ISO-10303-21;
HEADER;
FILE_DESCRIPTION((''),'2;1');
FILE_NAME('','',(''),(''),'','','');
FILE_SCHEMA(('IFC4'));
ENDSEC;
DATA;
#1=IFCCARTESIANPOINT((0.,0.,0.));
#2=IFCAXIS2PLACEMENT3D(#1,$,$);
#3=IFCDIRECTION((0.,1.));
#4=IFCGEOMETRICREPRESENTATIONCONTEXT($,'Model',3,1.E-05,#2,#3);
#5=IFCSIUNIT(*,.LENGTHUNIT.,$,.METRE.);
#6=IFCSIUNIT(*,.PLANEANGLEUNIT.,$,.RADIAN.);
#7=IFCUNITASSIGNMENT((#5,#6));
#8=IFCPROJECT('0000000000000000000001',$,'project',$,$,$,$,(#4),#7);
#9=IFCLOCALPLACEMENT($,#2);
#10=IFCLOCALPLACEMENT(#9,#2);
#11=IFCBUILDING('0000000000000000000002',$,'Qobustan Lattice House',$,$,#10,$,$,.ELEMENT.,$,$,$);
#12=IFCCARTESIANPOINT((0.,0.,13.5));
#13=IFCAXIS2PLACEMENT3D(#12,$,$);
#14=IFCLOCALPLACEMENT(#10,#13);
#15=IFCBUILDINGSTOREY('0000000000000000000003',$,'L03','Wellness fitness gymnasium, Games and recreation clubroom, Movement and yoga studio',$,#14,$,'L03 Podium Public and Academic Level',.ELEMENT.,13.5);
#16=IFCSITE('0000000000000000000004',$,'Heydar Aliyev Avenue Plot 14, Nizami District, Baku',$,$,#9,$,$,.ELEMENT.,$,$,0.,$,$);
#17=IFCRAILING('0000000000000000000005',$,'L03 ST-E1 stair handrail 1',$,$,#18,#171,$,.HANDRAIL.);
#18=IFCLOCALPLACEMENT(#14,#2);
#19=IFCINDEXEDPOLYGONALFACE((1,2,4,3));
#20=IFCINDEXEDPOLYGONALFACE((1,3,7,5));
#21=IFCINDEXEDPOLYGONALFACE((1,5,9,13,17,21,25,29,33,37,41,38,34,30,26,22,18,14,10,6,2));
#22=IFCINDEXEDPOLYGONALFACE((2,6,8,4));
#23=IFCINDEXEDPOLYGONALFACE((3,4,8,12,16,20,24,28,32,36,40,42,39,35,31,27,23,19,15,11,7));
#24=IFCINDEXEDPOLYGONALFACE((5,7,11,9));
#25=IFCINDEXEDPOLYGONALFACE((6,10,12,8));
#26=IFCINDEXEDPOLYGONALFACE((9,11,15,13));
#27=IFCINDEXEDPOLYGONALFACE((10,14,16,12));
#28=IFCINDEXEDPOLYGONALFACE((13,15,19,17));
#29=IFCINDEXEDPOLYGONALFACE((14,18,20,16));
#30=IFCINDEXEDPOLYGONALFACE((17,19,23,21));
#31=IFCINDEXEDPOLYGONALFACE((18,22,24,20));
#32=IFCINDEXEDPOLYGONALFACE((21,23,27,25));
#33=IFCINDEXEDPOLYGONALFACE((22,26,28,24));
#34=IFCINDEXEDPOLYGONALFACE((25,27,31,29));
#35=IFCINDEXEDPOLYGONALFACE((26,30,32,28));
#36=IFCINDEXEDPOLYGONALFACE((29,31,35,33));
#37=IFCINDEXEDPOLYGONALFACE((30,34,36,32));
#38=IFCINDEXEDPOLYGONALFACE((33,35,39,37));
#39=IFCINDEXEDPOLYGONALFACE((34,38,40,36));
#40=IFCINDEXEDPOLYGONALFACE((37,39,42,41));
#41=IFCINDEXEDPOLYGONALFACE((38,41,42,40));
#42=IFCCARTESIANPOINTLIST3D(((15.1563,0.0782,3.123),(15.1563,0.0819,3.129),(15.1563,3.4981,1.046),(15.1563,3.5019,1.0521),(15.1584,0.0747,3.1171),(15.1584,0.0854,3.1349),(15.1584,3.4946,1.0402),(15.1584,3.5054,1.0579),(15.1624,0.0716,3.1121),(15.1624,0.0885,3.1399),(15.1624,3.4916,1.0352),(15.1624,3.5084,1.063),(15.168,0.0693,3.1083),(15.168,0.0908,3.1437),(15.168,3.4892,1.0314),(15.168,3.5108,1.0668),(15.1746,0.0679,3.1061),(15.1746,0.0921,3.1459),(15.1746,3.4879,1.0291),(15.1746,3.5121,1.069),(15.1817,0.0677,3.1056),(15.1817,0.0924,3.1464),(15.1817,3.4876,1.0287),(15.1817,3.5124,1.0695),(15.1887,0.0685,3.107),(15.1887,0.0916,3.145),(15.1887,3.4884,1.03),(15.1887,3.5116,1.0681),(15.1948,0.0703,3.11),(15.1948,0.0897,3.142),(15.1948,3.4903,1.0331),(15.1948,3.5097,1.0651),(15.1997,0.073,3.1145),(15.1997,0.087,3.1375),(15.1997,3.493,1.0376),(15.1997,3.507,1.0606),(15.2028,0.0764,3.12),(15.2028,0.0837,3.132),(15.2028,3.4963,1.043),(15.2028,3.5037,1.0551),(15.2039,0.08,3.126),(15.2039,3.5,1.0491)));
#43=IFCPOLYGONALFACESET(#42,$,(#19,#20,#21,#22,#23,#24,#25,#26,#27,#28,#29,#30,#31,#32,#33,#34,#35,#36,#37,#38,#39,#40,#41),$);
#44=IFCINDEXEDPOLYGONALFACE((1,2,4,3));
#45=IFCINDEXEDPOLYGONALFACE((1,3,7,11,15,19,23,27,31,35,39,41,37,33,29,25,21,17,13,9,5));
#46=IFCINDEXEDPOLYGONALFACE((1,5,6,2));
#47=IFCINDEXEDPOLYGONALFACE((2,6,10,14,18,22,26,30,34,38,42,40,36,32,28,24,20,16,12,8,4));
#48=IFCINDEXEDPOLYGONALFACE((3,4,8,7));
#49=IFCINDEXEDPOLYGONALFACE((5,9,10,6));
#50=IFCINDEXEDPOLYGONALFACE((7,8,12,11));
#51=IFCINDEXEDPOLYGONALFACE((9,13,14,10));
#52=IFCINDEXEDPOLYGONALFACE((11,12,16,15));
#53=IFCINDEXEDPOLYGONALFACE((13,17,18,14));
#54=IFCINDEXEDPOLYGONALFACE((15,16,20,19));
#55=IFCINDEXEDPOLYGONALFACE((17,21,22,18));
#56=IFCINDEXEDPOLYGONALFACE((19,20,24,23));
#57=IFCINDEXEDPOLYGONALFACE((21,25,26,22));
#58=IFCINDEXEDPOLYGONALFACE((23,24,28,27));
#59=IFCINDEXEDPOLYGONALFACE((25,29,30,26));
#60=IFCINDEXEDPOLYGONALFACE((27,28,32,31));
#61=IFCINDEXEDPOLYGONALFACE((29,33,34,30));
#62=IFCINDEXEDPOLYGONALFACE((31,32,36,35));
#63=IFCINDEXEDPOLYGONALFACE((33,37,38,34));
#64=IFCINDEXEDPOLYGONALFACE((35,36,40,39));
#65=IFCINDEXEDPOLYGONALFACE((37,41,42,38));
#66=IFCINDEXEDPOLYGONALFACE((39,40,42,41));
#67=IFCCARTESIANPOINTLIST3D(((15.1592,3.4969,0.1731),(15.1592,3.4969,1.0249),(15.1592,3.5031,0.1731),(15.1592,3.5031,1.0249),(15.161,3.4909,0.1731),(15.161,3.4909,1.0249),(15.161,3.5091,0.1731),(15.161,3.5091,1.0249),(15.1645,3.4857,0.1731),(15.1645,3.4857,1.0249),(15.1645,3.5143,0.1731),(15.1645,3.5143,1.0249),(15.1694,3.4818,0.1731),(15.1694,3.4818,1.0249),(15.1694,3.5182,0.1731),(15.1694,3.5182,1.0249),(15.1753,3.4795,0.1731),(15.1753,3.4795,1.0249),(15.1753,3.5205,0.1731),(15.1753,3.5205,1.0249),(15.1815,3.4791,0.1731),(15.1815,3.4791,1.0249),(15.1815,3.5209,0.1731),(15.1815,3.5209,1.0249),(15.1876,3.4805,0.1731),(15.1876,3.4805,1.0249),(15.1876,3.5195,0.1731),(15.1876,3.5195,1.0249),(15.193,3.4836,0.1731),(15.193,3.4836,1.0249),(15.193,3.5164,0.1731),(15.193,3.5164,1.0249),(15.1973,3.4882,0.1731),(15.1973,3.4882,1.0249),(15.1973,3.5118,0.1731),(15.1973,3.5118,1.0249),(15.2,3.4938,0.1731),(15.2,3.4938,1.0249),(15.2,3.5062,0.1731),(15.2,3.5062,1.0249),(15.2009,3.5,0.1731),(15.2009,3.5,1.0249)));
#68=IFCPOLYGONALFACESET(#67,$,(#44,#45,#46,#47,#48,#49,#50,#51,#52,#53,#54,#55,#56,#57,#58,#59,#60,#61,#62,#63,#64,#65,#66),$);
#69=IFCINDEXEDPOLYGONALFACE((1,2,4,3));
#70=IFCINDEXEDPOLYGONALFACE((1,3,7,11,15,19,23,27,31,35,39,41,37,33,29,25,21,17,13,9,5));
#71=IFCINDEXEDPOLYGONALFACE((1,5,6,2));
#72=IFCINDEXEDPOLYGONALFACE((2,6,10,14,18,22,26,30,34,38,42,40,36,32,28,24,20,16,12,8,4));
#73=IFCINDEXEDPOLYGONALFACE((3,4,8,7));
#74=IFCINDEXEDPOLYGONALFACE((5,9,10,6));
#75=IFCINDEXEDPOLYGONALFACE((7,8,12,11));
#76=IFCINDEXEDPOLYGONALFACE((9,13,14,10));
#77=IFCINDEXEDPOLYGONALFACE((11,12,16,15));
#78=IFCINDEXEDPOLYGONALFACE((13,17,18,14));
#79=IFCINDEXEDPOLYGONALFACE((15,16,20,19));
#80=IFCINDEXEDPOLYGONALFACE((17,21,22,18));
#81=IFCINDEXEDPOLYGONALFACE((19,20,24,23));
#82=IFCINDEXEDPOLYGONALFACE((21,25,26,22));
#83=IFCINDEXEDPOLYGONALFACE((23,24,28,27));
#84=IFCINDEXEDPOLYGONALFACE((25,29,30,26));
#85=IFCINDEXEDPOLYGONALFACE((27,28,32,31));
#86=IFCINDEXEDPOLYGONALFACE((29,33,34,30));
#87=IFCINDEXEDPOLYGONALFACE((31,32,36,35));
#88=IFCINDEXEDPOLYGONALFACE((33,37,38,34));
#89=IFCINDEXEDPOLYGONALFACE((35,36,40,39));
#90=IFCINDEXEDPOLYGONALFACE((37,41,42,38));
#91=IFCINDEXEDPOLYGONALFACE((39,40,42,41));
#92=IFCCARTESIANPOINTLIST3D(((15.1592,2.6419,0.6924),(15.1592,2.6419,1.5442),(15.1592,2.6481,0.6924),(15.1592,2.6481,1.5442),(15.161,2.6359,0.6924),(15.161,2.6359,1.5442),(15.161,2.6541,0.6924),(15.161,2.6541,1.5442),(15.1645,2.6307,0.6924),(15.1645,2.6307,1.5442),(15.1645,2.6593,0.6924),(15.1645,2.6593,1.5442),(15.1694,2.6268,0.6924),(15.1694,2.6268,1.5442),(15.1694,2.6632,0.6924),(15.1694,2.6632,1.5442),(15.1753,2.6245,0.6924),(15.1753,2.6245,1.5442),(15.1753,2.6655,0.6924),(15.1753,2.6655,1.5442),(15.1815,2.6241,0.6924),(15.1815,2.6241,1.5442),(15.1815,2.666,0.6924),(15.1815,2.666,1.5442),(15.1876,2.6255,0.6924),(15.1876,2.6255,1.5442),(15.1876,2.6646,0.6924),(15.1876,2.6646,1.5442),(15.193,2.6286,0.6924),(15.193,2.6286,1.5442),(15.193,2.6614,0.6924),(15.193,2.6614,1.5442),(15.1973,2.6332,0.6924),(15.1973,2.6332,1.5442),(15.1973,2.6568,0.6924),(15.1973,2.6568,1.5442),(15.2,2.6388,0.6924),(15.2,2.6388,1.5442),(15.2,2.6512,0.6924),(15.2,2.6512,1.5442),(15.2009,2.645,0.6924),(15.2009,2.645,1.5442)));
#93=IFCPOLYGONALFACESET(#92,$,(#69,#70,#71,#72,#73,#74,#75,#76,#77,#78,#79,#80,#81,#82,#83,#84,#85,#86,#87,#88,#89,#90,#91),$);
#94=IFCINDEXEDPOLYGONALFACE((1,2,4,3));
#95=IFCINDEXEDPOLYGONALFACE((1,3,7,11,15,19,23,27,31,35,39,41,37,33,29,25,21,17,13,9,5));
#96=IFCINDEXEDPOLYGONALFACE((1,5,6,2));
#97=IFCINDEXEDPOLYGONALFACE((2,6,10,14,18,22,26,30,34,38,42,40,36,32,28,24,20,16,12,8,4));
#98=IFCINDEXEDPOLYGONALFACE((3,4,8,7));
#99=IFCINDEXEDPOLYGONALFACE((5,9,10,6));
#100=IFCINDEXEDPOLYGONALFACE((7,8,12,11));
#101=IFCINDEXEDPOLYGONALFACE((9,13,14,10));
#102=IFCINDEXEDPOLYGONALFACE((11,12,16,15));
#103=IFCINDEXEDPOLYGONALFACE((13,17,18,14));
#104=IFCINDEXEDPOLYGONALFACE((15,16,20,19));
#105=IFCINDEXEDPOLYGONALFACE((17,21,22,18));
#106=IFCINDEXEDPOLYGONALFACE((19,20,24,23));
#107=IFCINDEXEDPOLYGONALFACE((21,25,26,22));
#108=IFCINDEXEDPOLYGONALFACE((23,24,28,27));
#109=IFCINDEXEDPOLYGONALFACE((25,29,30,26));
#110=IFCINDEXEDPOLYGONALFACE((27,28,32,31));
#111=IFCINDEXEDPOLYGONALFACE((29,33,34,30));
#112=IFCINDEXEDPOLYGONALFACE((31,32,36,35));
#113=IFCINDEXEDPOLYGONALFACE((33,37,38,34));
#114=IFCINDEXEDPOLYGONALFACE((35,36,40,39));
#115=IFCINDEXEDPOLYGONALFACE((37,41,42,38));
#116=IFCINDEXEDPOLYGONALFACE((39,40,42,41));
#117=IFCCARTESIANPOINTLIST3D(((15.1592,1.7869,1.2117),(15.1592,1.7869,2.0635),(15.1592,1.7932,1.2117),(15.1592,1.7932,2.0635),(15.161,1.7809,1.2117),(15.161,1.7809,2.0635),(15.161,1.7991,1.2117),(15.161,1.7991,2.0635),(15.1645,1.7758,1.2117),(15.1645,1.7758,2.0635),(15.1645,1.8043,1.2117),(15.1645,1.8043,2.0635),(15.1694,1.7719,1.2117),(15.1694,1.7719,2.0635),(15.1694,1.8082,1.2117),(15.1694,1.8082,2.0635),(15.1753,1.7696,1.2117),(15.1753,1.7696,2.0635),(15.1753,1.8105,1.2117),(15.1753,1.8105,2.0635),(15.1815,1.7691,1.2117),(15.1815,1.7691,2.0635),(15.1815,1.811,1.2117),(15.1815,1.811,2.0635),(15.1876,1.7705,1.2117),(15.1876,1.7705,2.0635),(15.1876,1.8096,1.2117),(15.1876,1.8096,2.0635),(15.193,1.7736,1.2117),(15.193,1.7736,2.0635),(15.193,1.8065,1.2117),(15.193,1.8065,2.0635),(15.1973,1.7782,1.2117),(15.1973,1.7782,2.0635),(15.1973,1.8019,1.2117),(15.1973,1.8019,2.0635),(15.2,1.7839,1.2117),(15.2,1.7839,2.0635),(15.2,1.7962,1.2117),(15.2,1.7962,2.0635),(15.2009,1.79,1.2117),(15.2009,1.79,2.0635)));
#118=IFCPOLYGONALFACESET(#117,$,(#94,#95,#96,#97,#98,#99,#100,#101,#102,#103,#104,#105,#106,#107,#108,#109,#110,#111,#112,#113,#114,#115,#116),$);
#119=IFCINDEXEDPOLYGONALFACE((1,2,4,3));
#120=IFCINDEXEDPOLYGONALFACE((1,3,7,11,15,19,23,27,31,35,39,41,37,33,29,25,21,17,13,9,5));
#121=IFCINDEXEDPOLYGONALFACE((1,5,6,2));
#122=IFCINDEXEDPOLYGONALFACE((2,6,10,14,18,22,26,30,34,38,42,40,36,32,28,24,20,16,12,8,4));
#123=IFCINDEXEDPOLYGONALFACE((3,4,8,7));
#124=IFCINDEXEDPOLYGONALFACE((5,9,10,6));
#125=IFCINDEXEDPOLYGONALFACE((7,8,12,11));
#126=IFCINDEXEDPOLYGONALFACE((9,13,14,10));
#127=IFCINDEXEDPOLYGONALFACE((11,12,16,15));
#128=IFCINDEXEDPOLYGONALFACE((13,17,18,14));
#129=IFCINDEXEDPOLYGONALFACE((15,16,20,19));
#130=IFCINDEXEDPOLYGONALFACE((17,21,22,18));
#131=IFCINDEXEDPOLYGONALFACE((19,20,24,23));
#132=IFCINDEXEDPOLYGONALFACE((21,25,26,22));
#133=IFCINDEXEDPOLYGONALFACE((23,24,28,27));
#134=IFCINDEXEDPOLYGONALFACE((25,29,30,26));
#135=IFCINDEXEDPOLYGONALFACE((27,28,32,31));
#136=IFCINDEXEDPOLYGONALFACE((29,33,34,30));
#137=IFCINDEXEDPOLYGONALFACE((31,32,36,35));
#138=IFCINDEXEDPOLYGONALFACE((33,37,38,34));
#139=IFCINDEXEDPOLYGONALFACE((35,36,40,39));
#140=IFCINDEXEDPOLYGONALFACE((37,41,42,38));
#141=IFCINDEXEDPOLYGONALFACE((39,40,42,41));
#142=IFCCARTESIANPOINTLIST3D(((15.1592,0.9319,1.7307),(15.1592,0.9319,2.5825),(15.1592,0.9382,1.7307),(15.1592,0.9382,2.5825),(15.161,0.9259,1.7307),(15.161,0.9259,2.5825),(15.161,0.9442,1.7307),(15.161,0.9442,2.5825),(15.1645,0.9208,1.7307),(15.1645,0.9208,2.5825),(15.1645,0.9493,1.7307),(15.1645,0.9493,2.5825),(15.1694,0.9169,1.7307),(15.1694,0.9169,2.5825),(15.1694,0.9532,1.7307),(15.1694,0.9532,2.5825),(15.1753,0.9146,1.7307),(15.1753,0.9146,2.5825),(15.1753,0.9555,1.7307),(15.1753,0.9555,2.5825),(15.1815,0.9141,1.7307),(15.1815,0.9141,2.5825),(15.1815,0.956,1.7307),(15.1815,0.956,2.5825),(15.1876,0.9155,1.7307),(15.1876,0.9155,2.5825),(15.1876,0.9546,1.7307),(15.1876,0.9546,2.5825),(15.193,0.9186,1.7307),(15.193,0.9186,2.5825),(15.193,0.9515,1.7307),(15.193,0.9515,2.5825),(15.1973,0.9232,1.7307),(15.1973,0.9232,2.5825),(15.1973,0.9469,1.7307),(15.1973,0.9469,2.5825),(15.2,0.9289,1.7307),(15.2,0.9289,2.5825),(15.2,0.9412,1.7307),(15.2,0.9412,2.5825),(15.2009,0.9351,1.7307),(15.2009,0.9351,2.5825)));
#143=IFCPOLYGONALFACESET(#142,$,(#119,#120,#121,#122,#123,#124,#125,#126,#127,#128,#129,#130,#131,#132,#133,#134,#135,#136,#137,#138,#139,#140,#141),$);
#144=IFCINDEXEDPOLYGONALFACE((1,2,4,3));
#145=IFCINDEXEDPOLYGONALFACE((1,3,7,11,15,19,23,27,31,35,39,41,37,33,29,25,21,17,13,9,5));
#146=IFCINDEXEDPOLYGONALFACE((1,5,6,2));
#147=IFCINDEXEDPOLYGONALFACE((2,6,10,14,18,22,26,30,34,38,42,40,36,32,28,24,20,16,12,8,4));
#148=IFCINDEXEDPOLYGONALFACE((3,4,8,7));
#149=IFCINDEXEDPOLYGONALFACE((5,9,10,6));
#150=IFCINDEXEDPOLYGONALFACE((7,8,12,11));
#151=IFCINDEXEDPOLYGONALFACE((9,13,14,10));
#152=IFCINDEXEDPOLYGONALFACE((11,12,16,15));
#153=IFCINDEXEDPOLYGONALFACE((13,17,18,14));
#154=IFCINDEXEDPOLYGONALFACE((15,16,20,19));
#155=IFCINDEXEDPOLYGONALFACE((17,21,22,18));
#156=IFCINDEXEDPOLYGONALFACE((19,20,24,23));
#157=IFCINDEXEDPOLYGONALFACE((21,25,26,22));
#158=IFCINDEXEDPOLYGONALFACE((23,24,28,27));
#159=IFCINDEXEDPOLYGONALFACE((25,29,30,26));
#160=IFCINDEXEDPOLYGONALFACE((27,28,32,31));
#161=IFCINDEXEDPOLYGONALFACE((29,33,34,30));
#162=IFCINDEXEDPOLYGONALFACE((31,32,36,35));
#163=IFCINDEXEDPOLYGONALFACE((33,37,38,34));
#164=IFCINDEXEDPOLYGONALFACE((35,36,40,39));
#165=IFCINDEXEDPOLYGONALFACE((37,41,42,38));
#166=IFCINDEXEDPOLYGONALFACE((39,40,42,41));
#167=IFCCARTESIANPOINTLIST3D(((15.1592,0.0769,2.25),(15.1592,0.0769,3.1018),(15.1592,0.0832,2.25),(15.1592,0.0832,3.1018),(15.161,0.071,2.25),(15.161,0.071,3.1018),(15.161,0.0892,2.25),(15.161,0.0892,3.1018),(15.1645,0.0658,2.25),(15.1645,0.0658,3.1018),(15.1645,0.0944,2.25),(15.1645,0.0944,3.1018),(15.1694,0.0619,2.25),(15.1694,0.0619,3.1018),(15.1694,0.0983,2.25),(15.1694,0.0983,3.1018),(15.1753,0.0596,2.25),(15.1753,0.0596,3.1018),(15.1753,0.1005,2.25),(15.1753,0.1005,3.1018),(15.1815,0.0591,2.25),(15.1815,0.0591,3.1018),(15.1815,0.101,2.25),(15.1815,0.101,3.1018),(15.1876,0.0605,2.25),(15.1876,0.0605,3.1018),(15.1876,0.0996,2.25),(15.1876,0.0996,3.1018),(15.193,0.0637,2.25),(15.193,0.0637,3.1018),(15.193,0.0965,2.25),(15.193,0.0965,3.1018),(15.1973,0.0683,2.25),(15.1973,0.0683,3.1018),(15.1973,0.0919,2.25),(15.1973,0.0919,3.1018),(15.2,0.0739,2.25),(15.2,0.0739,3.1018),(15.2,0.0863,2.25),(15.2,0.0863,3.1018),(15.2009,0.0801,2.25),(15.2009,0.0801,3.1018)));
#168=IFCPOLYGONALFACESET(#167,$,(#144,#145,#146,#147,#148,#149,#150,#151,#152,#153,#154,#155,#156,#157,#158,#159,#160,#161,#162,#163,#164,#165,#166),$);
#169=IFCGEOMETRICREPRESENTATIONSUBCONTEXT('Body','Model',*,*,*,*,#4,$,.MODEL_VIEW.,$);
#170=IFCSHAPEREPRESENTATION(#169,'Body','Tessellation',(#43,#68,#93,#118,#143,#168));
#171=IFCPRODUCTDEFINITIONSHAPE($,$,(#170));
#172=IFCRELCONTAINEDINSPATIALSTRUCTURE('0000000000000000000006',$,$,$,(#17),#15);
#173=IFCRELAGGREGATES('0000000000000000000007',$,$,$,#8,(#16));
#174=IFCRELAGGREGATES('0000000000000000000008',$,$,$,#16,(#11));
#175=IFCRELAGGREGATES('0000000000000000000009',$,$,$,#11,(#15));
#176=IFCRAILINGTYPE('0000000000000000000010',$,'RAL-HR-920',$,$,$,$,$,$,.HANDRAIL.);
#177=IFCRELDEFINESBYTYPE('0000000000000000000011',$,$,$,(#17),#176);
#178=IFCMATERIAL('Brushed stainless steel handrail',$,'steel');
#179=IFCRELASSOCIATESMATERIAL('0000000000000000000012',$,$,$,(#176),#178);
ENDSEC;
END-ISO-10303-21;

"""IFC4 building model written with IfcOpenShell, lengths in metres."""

from ifc_helpers import new_model, si_unit, direction, frame, origin, origin_2d, place, context, subcontext, project, spatial, circle, extrude, material, type_object, element, save


model = new_model("IFC4")

# Units and contexts
model_context = context("Model", 3, precision=1e-05, world=origin(), true_north=direction((0.0, 1.0)))
body_context = subcontext(model_context, "Body", "Model", "MODEL_VIEW")
ifc_project = project(units=[si_unit("LENGTHUNIT", "METRE"), si_unit("PLANEANGLEUNIT", "RADIAN")], contexts=[model_context])

# Site, building, storey
site_placement = place(None, origin())
site = spatial("IfcSite", under=ifc_project, at=site_placement, Name="Heydar Aliyev Avenue Plot 14, Nizami District, Baku", CompositionType="ELEMENT", RefElevation=0.0)
building_placement = place(site_placement, origin())
building = spatial("IfcBuilding", under=site, at=building_placement, Name="Qobustan Lattice House", CompositionType="ELEMENT")
storey_placement = place(building_placement, frame((0.0, 0.0, 13.5)))
storey = spatial("IfcBuildingStorey", under=building, at=storey_placement, Name="L03", Description="Wellness fitness gymnasium, Games and recreation clubroom, Movement and yoga studio", LongName="L03 Podium Public and Academic Level", CompositionType="ELEMENT", Elevation=13.5)

# Railing
ifc_material_1 = material(Name="Brushed stainless steel handrail", Category="steel")
railing_type_1 = type_object("IfcRailingType", Name="RAL-HR-920", PredefinedType="HANDRAIL", material=ifc_material_1)
railing_1_placement = place(storey_placement, frame((15.1799, 3.5, 0.1731)))
element("IfcRailing", 1, at=railing_1_placement, inside=storey, type_object=railing_type_1, Name="L03 ST-E1 stair handrail 1", PredefinedType="HANDRAIL", context=body_context, shape_type="SweptSolid", body=[
    extrude(circle(Radius=0.0239, at=origin_2d()), frame((0.0, 0.0, 0.876), z_axis=(0.0, -0.85473, 0.519074), x_axis=(1.0, 0.0, 0.0)), (0.0, 0.0, 1.0), 4.0012),
    extrude(circle(Radius=0.021, at=origin_2d()), origin(), (0.0, 0.0, 1.0), 0.8518),
    extrude(circle(Radius=0.021, at=origin_2d()), frame((0.0, -0.855, 0.5193)), (0.0, 0.0, 1.0), 0.8518),
    extrude(circle(Radius=0.021, at=origin_2d()), frame((0.0, -1.71, 1.0386)), (0.0, 0.0, 1.0), 0.8518),
    extrude(circle(Radius=0.021, at=origin_2d()), frame((0.0, -2.5649, 1.5576)), (0.0, 0.0, 1.0), 0.8518),
    extrude(circle(Radius=0.021, at=origin_2d()), frame((0.0, -3.4199, 2.0769)), (0.0, 0.0, 1.0), 0.8518),
])

save(model, "model.ifc")
